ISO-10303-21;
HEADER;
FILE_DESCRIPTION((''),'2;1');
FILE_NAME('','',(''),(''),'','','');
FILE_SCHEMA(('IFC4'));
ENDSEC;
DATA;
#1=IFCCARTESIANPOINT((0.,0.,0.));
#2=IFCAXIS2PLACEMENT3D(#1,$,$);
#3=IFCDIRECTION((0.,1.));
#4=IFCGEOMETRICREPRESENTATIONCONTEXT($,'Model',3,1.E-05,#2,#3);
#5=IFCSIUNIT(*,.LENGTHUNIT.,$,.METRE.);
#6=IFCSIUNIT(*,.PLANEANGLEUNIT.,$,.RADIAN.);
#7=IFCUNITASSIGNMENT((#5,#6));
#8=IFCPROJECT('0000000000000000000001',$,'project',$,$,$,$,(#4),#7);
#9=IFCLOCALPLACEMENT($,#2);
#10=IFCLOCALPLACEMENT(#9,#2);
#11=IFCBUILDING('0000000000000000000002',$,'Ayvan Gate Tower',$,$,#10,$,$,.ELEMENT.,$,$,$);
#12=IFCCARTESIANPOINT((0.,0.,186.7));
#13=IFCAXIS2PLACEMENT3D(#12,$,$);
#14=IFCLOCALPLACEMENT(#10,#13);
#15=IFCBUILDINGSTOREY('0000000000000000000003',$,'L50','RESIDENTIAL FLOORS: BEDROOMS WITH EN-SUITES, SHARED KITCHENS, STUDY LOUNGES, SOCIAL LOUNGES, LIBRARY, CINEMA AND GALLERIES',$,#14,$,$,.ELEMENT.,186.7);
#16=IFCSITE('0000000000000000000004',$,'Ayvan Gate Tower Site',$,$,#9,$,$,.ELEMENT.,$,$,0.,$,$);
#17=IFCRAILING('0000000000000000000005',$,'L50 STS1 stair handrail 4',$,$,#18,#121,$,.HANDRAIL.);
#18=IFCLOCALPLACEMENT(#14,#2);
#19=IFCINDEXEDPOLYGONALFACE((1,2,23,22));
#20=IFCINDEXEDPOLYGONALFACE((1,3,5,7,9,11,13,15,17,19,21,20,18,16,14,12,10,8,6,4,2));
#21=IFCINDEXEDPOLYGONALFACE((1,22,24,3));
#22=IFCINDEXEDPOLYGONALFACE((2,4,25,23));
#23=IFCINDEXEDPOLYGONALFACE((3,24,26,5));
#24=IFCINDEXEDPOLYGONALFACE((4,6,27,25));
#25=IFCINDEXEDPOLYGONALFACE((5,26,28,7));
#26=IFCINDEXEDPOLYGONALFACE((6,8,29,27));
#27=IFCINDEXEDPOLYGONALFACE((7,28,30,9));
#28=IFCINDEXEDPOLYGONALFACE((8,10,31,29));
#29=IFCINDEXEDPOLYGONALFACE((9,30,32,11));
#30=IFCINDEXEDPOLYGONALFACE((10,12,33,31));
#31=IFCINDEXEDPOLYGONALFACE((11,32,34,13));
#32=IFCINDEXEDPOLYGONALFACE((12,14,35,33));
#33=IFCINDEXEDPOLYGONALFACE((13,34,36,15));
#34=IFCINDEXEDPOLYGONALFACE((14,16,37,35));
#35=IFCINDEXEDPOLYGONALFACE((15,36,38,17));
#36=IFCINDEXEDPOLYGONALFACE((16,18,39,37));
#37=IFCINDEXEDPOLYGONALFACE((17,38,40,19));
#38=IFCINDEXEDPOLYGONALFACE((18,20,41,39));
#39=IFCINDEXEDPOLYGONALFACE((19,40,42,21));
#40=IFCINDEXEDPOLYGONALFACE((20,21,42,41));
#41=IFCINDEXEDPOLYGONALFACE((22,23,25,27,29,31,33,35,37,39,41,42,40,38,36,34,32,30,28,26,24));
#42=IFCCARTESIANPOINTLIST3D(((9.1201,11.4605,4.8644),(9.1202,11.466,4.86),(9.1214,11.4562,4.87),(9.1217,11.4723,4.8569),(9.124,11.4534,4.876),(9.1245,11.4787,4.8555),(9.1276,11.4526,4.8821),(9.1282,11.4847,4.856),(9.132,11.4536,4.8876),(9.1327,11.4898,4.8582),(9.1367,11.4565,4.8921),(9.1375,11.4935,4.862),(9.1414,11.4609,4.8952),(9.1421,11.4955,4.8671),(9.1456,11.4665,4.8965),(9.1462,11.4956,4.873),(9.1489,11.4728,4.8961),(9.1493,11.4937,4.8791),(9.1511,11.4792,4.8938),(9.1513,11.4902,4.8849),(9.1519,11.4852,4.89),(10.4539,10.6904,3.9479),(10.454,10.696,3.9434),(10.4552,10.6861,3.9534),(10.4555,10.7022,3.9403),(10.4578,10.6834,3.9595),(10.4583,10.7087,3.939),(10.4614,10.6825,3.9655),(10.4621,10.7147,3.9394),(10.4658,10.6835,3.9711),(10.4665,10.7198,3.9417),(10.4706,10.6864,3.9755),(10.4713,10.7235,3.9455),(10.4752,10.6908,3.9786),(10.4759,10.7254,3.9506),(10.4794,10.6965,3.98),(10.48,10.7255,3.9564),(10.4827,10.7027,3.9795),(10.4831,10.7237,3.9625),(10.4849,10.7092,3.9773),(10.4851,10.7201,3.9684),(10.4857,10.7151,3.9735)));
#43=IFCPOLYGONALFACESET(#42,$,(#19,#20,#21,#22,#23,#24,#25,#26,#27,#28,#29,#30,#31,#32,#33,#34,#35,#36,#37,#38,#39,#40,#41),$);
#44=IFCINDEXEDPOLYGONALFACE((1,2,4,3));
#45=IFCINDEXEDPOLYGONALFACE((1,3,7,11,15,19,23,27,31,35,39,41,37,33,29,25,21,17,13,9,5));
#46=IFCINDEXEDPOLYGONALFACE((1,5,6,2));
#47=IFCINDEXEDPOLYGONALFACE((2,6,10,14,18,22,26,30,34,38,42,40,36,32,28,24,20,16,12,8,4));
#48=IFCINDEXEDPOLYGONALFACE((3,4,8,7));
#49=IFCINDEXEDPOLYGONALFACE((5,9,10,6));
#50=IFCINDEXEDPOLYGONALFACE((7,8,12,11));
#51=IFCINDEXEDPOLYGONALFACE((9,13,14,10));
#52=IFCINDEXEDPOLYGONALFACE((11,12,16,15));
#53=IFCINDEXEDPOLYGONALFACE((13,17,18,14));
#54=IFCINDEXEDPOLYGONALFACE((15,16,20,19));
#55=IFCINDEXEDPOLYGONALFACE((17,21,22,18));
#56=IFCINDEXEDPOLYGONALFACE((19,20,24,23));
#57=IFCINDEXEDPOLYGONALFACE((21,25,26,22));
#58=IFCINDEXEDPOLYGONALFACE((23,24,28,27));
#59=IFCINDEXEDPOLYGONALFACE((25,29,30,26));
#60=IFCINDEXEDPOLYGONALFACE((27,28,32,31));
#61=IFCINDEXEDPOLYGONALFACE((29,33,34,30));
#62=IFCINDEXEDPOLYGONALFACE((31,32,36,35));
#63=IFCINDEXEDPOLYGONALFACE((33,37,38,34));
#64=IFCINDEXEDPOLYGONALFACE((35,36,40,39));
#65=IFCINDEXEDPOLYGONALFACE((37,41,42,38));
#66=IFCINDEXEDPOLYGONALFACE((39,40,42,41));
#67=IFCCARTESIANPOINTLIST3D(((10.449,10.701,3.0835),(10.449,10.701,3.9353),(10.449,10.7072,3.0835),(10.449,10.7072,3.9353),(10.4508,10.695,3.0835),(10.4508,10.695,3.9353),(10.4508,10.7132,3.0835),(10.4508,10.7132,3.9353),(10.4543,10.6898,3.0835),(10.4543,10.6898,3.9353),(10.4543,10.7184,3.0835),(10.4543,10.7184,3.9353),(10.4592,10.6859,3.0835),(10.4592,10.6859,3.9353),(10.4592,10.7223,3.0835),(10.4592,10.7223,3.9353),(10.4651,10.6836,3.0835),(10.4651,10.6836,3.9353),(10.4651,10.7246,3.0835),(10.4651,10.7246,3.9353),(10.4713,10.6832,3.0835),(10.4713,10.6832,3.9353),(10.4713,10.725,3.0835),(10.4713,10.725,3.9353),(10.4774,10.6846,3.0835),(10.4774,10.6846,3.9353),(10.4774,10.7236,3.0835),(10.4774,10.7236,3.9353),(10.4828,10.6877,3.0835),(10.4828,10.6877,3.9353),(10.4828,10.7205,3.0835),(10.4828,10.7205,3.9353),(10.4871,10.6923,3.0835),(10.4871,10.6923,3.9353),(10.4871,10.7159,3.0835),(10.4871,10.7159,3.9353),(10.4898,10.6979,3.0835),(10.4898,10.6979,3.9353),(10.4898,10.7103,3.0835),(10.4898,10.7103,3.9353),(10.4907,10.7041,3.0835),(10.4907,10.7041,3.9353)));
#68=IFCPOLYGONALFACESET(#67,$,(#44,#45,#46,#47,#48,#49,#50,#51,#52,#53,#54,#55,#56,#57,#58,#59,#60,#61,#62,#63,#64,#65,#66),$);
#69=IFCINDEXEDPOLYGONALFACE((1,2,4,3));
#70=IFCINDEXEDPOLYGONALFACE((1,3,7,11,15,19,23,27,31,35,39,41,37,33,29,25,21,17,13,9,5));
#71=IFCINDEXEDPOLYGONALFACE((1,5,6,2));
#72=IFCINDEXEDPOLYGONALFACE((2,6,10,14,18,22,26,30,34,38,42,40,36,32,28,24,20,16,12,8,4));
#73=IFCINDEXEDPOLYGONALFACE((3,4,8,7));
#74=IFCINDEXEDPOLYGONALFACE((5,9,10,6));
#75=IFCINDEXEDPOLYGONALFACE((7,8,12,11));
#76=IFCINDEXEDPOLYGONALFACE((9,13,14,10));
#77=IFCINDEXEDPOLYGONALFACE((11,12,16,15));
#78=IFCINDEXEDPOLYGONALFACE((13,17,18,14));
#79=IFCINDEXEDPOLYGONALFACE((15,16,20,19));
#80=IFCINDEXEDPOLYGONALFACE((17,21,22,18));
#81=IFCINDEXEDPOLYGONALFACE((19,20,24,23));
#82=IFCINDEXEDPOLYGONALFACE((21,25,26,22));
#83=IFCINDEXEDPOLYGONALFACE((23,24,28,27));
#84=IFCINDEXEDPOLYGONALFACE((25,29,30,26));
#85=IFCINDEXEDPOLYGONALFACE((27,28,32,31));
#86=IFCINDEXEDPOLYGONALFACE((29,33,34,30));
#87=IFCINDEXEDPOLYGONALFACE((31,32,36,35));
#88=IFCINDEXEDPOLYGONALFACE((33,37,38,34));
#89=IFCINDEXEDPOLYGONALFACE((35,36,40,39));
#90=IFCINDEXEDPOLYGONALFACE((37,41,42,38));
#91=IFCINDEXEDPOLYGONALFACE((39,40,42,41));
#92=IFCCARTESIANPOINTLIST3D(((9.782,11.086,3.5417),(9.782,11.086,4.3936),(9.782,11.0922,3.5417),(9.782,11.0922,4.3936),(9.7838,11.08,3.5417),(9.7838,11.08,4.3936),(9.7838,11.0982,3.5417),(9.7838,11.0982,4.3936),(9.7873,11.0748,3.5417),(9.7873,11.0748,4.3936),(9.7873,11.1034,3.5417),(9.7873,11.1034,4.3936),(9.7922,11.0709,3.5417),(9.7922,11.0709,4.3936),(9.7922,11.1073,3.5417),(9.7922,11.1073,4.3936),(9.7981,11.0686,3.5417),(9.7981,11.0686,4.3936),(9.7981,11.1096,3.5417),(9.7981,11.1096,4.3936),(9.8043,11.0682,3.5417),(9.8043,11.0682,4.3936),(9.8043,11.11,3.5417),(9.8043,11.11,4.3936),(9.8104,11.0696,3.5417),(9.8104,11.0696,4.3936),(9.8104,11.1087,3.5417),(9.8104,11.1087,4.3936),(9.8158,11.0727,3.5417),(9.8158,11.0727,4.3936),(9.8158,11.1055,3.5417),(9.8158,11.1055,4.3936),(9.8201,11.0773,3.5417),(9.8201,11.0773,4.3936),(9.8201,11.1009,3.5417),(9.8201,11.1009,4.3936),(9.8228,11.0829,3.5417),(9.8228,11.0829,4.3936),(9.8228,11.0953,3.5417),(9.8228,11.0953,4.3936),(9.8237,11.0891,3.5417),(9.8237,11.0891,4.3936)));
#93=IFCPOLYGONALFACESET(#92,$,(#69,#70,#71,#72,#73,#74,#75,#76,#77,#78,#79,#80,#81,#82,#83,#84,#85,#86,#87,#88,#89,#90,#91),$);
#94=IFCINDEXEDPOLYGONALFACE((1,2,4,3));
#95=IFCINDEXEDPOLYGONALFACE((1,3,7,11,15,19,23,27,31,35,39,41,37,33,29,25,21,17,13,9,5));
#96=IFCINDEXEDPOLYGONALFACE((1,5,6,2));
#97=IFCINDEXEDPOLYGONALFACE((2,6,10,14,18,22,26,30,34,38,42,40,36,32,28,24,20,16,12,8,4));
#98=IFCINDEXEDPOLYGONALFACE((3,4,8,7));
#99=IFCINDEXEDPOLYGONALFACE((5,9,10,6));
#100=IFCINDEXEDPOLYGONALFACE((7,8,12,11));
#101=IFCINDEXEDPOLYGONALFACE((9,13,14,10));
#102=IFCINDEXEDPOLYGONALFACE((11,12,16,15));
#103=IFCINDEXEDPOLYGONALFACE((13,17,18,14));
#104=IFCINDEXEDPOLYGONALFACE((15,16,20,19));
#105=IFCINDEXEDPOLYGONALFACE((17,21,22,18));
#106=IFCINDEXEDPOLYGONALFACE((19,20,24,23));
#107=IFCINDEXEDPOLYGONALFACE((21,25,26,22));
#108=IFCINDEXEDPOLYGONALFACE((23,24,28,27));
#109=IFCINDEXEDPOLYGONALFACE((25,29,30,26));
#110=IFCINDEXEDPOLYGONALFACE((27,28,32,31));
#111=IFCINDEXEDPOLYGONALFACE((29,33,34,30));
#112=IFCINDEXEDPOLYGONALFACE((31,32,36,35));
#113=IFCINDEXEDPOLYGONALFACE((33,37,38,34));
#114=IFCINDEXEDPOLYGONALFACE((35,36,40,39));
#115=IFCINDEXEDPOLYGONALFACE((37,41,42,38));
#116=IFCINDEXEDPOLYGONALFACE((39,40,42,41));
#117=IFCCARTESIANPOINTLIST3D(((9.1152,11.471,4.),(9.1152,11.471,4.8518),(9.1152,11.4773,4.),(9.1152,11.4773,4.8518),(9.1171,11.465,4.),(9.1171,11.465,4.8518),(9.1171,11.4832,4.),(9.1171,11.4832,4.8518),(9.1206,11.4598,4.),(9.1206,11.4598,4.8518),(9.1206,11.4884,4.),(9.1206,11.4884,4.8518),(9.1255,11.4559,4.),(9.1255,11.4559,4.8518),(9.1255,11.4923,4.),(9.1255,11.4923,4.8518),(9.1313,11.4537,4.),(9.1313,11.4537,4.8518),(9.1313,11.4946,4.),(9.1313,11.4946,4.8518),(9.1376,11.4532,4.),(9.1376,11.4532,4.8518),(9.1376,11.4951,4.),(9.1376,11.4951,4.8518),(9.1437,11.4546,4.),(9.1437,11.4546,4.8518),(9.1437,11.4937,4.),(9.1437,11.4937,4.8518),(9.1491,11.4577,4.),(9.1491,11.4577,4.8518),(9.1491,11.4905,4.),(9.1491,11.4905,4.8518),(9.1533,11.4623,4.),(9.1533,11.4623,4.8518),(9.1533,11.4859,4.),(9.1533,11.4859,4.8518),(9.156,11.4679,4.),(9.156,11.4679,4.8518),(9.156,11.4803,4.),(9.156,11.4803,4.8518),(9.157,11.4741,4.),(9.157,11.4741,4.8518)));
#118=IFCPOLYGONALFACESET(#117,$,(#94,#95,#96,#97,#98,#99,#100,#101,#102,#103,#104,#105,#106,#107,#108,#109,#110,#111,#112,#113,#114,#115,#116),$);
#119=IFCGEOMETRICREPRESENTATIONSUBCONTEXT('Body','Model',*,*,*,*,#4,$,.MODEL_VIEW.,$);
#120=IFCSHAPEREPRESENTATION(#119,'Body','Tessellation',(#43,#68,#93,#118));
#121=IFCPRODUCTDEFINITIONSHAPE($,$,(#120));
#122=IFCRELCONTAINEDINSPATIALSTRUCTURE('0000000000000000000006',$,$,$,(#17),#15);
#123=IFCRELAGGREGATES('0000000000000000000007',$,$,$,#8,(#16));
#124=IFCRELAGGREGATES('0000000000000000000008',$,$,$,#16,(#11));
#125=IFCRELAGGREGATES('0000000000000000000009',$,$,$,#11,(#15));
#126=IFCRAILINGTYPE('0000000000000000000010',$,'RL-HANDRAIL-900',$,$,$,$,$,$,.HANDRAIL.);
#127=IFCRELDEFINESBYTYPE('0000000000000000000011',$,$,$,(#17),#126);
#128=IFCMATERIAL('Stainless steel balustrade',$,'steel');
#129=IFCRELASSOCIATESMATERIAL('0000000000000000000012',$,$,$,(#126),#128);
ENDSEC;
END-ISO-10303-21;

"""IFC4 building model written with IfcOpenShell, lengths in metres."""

from ifc_helpers import new_model, si_unit, direction, frame, origin, origin_2d, place, context, subcontext, project, spatial, circle, extrude, material, type_object, element, save


model = new_model("IFC4")

# Units and contexts
model_context = context("Model", 3, precision=1e-05, world=origin(), true_north=direction((0.0, 1.0)))
body_context = subcontext(model_context, "Body", "Model", "MODEL_VIEW")
ifc_project = project(units=[si_unit("LENGTHUNIT", "METRE"), si_unit("PLANEANGLEUNIT", "RADIAN")], contexts=[model_context])

# Site, building, storey
site_placement = place(None, origin())
site = spatial("IfcSite", under=ifc_project, at=site_placement, Name="Ayvan Gate Tower Site", CompositionType="ELEMENT", RefElevation=0.0)
building_placement = place(site_placement, origin())
building = spatial("IfcBuilding", under=site, at=building_placement, Name="Ayvan Gate Tower", CompositionType="ELEMENT")
storey_placement = place(building_placement, frame((0.0, 0.0, 186.7)))
storey = spatial("IfcBuildingStorey", under=building, at=storey_placement, Name="L50", Description="RESIDENTIAL FLOORS: BEDROOMS WITH EN-SUITES, SHARED KITCHENS, STUDY LOUNGES, SOCIAL LOUNGES, LIBRARY, CINEMA AND GALLERIES", CompositionType="ELEMENT", Elevation=186.7)

# Railing
ifc_material_1 = material(Name="Stainless steel balustrade", Category="steel")
railing_type_1 = type_object("IfcRailingType", Name="RL-HANDRAIL-900", PredefinedType="HANDRAIL", material=ifc_material_1)
railing_1_placement = place(storey_placement, frame((10.4697, 10.7041, 3.0835)))
element("IfcRailing", 1, at=railing_1_placement, inside=storey, type_object=railing_type_1, Name="L50 STS1 stair handrail 4", PredefinedType="HANDRAIL", context=body_context, shape_type="SweptSolid", body=[
    extrude(circle(Radius=0.0239, at=origin_2d()), frame((0.0, 0.0, 0.876), z_axis=(-0.744216, 0.429664, 0.511401), x_axis=(-0.499992, -0.86603, 0.0)), (0.0, 0.0, 1.0), 1.7922),
    extrude(circle(Radius=0.021, at=origin_2d()), origin(), (0.0, 0.0, 1.0), 0.8518),
    extrude(circle(Radius=0.021, at=origin_2d()), frame((-0.667, 0.385, 0.4583)), (0.0, 0.0, 1.0), 0.8518),
    extrude(circle(Radius=0.021, at=origin_2d()), frame((-1.3337, 0.77, 0.9165)), (0.0, 0.0, 1.0), 0.8518),
])

save(model, "model.ifc")
